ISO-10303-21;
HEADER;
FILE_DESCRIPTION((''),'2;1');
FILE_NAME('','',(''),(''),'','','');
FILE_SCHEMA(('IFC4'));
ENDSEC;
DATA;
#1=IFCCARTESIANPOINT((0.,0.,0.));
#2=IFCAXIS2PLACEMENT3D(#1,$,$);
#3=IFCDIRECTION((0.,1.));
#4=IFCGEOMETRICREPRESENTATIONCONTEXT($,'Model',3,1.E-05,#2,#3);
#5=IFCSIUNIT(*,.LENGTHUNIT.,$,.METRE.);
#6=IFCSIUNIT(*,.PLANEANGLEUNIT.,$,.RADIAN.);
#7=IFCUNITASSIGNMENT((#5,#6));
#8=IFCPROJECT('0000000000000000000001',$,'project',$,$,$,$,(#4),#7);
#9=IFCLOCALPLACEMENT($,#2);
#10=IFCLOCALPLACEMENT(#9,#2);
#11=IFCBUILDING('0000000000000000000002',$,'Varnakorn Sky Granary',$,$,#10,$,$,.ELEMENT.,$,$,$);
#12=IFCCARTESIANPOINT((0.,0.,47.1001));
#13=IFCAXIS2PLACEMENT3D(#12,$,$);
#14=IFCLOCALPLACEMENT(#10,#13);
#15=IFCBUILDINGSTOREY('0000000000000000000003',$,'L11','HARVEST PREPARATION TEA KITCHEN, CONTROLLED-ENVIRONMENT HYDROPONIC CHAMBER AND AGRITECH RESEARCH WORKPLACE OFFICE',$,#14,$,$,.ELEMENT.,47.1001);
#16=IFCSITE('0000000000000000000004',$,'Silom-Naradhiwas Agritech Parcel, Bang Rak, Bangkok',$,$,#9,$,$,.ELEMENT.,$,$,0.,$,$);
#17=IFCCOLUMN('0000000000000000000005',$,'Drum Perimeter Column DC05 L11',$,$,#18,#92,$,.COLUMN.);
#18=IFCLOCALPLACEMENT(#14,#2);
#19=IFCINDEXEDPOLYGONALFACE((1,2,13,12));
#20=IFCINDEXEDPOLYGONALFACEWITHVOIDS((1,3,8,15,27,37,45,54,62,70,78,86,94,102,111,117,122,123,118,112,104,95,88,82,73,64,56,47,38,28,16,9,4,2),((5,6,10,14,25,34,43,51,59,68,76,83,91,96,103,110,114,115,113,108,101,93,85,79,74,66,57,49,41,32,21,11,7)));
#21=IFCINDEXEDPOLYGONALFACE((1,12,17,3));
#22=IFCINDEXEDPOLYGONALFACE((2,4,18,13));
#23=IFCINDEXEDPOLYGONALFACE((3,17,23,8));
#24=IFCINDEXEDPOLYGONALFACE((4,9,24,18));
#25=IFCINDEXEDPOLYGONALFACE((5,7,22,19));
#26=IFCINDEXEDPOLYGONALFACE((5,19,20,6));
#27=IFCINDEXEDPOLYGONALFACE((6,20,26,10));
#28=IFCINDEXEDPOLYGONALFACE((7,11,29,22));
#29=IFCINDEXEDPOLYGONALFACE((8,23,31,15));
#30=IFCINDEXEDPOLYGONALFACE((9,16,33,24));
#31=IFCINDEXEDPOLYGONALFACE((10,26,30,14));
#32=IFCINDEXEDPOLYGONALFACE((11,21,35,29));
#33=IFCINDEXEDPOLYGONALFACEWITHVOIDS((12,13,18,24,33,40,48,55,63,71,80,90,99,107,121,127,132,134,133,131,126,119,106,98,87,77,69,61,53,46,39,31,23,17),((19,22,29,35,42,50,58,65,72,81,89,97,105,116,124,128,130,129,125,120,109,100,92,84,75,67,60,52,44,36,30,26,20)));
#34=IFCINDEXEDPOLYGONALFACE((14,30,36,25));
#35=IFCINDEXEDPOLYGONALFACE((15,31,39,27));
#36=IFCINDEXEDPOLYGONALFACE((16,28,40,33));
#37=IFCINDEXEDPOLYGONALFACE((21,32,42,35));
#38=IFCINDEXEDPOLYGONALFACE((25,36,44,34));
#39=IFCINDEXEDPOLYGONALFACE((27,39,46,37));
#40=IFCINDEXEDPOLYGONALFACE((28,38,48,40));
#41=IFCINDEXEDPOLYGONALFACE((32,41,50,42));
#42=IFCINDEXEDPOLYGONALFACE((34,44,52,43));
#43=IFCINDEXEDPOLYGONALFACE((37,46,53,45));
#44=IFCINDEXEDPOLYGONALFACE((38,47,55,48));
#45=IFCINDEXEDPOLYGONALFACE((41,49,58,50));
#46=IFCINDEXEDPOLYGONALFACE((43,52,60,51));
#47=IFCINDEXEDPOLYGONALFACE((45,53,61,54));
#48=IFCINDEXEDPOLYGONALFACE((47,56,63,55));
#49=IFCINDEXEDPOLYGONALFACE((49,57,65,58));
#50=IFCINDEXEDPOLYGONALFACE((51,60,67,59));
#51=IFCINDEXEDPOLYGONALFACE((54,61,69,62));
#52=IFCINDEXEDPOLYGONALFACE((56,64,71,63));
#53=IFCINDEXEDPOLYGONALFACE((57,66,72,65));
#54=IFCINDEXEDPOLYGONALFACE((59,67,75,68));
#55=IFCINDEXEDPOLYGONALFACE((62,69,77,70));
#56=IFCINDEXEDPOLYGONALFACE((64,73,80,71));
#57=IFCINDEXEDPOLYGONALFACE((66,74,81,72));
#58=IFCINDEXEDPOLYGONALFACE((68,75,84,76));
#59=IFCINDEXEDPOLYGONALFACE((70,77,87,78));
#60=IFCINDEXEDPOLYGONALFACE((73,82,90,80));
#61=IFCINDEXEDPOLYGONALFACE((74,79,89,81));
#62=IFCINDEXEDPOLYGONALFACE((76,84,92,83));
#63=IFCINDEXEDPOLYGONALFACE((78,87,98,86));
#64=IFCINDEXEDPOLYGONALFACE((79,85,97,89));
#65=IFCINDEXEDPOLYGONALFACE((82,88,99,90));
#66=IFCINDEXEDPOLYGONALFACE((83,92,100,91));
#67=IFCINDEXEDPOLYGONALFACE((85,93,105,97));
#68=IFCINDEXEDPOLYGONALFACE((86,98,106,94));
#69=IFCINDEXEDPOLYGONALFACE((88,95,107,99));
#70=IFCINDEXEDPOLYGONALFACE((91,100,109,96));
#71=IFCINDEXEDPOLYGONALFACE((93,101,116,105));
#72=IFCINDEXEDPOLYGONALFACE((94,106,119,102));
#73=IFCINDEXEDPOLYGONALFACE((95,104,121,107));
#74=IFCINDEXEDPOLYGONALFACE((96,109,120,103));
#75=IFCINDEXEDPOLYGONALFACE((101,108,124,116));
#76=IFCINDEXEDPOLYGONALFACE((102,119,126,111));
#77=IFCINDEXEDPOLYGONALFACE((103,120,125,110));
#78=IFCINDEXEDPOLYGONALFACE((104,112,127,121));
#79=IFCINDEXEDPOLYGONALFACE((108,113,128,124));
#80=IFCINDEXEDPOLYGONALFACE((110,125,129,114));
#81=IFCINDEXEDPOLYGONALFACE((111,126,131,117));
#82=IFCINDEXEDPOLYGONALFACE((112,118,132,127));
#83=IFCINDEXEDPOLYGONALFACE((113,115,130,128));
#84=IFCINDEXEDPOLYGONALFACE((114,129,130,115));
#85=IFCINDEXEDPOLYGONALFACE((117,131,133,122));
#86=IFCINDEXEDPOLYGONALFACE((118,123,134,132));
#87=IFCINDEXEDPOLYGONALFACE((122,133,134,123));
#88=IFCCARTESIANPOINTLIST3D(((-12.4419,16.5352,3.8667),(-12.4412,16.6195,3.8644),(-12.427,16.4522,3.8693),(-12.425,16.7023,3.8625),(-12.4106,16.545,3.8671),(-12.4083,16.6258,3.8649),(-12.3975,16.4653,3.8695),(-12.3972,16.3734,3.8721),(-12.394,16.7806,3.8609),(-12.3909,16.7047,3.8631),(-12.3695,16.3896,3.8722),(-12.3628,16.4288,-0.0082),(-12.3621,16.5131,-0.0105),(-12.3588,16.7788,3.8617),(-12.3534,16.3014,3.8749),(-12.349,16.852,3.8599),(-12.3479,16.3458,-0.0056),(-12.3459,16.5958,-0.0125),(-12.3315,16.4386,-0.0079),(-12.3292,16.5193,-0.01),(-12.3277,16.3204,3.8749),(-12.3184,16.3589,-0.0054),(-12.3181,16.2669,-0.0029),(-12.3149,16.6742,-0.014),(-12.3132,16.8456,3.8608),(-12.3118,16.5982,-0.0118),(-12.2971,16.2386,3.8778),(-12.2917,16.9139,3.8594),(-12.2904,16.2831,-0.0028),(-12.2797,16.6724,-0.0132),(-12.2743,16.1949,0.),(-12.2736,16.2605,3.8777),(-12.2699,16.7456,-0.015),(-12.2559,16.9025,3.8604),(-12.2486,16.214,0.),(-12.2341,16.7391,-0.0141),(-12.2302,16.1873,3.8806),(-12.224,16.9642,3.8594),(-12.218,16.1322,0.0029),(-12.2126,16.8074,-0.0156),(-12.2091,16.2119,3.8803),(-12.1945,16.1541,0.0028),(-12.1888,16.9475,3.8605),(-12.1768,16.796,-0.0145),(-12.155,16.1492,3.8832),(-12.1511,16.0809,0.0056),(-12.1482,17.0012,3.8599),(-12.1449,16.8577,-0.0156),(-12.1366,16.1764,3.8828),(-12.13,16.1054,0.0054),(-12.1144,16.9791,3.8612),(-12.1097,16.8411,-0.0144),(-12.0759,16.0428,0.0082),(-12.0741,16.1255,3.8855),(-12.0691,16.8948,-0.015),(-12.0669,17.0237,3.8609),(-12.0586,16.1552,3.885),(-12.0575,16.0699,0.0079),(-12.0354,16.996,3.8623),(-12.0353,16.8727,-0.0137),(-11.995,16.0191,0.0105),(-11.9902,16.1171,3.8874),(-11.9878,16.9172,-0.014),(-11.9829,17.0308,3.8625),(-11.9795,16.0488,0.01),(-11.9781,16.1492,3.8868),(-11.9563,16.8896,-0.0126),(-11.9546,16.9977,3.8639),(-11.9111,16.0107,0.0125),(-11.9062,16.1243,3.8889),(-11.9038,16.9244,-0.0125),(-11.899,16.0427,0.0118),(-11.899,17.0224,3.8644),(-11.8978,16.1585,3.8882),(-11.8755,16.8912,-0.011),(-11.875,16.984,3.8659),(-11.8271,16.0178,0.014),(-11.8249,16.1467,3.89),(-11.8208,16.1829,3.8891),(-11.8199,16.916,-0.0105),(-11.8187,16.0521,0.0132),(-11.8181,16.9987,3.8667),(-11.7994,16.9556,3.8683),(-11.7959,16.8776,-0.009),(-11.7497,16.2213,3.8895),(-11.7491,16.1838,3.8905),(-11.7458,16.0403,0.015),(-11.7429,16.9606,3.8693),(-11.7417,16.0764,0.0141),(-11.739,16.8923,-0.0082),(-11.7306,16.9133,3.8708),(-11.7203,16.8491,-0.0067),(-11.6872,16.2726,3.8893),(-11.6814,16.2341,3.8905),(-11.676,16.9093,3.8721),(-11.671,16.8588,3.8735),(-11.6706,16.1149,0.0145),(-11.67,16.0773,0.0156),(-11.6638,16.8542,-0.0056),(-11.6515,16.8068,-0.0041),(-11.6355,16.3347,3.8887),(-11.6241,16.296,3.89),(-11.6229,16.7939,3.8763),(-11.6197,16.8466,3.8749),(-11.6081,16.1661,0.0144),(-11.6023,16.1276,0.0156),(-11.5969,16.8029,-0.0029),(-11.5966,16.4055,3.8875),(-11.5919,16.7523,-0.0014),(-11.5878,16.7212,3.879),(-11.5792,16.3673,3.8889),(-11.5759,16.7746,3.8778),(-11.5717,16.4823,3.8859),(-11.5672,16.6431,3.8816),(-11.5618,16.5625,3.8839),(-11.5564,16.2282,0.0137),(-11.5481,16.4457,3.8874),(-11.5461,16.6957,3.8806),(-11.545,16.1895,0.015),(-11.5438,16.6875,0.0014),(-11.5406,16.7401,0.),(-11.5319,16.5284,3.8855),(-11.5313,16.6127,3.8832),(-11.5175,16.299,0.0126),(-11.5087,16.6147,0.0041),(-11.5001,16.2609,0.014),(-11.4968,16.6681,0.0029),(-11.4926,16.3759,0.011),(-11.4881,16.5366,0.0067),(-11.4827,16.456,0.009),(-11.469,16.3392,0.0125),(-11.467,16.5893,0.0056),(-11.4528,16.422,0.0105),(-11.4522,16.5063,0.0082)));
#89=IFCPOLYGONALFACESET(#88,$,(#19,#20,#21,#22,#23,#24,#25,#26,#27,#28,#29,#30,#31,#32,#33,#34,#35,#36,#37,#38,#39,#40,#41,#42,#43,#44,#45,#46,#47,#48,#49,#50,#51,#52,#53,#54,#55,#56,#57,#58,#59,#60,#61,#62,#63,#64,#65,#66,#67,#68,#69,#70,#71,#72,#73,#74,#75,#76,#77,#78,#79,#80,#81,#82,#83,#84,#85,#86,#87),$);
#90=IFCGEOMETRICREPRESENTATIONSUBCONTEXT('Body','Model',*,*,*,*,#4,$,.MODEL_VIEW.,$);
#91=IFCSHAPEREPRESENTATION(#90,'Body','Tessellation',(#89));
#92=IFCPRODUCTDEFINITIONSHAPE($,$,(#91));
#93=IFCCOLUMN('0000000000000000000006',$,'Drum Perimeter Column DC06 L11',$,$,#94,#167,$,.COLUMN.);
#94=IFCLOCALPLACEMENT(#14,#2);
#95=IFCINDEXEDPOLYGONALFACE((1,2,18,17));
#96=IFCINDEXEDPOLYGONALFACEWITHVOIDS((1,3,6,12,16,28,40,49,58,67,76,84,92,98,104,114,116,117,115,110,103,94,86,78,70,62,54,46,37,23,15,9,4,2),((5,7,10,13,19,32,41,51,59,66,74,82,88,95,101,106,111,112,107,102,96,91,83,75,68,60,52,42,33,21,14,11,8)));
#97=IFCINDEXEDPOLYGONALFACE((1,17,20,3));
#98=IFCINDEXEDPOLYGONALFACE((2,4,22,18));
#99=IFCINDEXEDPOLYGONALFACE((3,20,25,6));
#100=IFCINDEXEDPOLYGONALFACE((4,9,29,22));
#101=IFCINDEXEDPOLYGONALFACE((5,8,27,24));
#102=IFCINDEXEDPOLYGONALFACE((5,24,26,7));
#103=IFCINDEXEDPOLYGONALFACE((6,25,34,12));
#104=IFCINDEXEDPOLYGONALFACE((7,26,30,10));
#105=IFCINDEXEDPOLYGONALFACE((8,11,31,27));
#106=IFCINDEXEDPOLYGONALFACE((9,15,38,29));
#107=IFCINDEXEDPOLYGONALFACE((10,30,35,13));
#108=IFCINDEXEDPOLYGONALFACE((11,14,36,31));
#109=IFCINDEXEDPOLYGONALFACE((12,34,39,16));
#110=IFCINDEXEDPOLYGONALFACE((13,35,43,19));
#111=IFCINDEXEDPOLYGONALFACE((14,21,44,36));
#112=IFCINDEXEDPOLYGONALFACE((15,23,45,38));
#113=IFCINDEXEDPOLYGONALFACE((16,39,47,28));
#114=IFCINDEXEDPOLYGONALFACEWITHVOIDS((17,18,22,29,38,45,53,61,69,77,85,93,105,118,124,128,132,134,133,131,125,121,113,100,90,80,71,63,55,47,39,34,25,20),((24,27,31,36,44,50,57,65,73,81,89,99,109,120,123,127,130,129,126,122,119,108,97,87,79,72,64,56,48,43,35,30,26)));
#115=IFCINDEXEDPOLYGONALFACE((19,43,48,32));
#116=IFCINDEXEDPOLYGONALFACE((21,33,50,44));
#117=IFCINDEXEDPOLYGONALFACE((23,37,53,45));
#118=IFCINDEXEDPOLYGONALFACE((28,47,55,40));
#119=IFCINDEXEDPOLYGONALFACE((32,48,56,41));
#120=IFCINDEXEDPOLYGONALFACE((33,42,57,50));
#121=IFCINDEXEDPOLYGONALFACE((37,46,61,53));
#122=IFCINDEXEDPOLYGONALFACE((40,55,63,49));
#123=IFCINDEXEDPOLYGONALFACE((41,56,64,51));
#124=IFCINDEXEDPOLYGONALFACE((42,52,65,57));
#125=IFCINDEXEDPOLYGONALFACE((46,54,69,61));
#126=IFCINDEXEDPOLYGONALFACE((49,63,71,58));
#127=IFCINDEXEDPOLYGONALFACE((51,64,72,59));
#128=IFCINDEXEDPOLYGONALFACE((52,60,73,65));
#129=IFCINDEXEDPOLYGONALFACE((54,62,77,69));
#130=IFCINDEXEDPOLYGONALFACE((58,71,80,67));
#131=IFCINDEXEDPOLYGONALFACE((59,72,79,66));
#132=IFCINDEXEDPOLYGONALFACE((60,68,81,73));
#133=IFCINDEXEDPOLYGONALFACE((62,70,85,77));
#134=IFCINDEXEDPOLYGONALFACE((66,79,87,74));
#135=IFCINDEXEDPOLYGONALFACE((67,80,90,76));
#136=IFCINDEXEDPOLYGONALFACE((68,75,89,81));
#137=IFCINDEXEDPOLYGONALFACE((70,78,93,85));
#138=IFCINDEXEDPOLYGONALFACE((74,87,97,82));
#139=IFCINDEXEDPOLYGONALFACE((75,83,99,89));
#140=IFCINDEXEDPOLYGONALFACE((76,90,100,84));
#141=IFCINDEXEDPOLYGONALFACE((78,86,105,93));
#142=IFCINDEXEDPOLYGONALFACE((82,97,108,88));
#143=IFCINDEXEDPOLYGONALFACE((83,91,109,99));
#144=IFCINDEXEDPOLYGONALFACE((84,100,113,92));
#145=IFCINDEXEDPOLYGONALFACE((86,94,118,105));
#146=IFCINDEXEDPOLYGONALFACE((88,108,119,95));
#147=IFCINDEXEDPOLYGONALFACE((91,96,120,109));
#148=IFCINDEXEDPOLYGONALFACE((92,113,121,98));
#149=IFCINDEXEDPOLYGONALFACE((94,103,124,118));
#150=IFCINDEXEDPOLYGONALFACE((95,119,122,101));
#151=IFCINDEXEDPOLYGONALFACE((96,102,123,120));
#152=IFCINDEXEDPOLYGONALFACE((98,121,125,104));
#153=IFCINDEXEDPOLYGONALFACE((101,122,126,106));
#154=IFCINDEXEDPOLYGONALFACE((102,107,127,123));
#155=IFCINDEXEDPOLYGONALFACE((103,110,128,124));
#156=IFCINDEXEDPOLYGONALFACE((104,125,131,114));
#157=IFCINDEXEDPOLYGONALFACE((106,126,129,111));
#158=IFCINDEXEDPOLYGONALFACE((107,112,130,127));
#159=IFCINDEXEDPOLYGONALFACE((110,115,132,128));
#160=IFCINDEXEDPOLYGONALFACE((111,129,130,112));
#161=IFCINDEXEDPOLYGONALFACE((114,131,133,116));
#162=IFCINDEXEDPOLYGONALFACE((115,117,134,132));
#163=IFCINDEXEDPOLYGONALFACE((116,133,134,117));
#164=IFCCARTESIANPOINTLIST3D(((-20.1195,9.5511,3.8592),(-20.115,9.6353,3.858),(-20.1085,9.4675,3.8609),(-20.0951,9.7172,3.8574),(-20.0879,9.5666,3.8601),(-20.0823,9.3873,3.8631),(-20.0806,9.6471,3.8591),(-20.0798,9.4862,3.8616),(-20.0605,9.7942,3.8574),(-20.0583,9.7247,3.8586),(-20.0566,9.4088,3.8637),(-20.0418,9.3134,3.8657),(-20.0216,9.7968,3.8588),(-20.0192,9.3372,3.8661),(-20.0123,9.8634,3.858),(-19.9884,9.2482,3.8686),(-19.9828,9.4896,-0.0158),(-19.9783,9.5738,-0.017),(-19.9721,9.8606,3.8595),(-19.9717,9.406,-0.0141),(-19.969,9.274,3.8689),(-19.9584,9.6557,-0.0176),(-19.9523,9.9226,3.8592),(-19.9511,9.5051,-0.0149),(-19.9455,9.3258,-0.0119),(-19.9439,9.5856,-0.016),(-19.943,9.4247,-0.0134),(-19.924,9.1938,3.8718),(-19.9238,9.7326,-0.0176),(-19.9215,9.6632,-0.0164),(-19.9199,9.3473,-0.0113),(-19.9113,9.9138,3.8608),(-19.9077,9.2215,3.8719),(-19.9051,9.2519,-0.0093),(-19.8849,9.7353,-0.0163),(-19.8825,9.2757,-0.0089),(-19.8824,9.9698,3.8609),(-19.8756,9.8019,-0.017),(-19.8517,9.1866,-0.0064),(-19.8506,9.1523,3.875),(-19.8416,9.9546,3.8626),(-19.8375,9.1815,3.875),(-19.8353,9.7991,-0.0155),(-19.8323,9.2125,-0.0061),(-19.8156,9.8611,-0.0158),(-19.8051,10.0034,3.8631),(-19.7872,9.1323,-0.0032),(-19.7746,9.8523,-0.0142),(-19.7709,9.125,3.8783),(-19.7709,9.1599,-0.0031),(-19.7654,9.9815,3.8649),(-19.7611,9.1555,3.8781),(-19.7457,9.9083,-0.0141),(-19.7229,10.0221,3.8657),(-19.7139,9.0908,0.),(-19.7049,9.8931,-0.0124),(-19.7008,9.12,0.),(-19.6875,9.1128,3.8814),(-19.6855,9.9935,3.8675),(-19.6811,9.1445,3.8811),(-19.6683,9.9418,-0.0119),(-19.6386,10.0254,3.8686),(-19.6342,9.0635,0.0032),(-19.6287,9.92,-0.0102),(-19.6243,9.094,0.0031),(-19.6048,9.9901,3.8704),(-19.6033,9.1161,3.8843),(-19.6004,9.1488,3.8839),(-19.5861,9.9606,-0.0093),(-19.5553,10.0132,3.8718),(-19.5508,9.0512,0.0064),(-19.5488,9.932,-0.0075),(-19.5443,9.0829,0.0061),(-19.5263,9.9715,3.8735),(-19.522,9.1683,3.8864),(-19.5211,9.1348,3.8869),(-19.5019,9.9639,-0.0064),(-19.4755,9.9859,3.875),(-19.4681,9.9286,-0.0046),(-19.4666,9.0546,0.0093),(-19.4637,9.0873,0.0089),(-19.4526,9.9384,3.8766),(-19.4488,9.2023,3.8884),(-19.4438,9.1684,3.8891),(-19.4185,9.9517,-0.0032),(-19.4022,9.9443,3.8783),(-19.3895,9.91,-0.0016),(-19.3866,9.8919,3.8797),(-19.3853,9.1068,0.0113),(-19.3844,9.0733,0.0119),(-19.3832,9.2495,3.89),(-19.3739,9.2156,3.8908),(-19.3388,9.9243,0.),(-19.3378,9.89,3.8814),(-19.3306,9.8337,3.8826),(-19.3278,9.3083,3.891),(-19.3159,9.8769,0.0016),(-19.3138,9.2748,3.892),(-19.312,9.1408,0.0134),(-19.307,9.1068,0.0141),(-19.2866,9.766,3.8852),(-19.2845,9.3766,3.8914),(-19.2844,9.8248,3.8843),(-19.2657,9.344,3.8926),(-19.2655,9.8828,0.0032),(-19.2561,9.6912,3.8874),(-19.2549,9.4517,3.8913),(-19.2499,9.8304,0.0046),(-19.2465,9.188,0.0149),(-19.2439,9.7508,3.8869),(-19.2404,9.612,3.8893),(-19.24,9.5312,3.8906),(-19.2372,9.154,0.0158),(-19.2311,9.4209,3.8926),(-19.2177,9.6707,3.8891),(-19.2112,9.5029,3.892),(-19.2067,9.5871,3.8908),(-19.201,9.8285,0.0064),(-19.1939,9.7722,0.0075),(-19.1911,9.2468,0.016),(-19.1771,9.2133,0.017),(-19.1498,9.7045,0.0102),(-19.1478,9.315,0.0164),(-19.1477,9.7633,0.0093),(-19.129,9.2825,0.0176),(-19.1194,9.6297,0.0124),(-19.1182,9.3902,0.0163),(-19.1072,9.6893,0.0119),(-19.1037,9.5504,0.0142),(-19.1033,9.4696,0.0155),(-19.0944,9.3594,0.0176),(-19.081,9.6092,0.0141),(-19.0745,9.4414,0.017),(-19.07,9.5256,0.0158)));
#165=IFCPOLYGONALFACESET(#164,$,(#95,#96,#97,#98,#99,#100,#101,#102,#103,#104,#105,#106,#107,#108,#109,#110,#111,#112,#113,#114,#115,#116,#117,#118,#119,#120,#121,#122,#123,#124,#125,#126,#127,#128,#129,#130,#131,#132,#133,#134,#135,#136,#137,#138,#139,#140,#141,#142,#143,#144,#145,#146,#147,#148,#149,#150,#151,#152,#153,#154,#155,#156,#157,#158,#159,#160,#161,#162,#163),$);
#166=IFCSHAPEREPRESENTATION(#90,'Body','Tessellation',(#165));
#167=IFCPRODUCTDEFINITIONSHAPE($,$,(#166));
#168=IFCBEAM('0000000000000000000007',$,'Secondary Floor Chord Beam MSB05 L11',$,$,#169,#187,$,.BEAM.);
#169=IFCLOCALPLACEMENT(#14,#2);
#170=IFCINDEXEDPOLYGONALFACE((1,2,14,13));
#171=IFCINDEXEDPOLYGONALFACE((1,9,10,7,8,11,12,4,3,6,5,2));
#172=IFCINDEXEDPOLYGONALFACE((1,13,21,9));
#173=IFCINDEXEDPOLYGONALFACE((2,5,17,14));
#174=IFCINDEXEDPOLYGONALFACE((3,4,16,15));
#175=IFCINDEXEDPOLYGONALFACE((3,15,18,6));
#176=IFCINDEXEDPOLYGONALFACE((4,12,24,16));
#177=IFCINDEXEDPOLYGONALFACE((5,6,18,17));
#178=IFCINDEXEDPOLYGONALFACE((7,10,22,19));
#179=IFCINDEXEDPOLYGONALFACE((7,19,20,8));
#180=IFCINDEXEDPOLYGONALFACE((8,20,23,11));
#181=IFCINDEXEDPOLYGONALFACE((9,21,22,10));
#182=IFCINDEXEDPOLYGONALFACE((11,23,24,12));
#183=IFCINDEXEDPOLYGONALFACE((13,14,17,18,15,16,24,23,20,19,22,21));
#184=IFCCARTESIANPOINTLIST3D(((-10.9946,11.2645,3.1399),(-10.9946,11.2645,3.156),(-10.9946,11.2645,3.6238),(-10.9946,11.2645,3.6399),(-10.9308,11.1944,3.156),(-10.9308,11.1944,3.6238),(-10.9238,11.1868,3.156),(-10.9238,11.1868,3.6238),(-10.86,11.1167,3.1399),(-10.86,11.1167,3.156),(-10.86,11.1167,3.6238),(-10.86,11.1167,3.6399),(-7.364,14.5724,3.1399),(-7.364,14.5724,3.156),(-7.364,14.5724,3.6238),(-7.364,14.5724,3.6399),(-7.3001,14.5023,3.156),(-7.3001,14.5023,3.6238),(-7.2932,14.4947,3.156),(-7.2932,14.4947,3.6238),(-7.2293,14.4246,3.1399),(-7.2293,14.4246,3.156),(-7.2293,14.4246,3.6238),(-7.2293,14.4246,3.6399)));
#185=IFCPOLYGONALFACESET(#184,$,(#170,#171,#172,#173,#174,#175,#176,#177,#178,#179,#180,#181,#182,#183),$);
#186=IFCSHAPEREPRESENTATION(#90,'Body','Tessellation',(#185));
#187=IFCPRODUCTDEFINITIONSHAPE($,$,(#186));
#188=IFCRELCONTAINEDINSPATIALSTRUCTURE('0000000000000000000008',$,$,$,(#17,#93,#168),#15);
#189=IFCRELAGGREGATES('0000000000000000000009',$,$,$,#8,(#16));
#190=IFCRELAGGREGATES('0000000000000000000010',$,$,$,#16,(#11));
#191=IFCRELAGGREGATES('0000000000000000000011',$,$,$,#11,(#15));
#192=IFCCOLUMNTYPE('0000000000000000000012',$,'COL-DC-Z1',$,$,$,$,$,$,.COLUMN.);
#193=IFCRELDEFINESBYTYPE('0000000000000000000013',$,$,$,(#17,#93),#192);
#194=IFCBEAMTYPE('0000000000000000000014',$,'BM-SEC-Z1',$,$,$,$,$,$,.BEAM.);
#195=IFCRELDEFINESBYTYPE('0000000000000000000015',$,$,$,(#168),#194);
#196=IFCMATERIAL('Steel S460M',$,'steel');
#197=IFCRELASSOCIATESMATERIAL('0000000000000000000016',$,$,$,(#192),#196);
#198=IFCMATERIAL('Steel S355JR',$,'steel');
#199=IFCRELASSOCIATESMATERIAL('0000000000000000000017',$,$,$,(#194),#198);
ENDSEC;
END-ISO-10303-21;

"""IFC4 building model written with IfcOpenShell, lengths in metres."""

from ifc_helpers import new_model, si_unit, direction, frame, origin, origin_2d, place, context, subcontext, project, spatial, hollow_circle, i_section, extrude, material, material_profile, profile_set, type_object, element, save


model = new_model("IFC4")

# Units and contexts
model_context = context("Model", 3, precision=1e-05, world=origin(), true_north=direction((0.0, 1.0)))
body_context = subcontext(model_context, "Body", "Model", "MODEL_VIEW")
ifc_project = project(units=[si_unit("LENGTHUNIT", "METRE"), si_unit("PLANEANGLEUNIT", "RADIAN")], contexts=[model_context])

# Site, building, storey
site_placement = place(None, origin())
site = spatial("IfcSite", under=ifc_project, at=site_placement, Name="Silom-Naradhiwas Agritech Parcel, Bang Rak, Bangkok", CompositionType="ELEMENT", RefElevation=0.0)
building_placement = place(site_placement, origin())
building = spatial("IfcBuilding", under=site, at=building_placement, Name="Varnakorn Sky Granary", CompositionType="ELEMENT")
storey_placement = place(building_placement, frame((0.0, 0.0, 47.1001)))
storey = spatial("IfcBuildingStorey", under=building, at=storey_placement, Name="L11", Description="HARVEST PREPARATION TEA KITCHEN, CONTROLLED-ENVIRONMENT HYDROPONIC CHAMBER AND AGRITECH RESEARCH WORKPLACE OFFICE", CompositionType="ELEMENT", Elevation=47.1001)

# Columns
ifc_material_1 = material(Name="Steel S460M", Category="steel")
ifc_material_profile_1 = material_profile(ifc_material_1, hollow_circle(Radius=0.457, WallThickness=0.032, at=origin_2d()), Name="CHS 914x32")
ifc_profile_set_1 = profile_set([ifc_material_profile_1], Name="Steel S460M")
column_type = type_object("IfcColumnType", Name="COL-DC-Z1", PredefinedType="COLUMN", material=ifc_profile_set_1)
column_1_placement = place(storey_placement, frame((-11.9075, 16.4675, 0.0), z_axis=(-0.020401, 0.027454, 0.999415), x_axis=(-0.802643, -0.59646, 0.0)))
element("IfcColumn", 1, at=column_1_placement, inside=storey, type_object=column_type, Name="Drum Perimeter Column DC05 L11", PredefinedType="COLUMN", context=body_context, shape_type="SweptSolid", body=[
    extrude(hollow_circle(Radius=0.457, WallThickness=0.032, at=origin_2d()), origin(), (0.0, 0.0, 1.0), 3.8772),
])
column_2_placement = place(storey_placement, frame((-19.5264, 9.5076, 0.0), z_axis=(-0.035256, 0.015865, 0.999252), x_axis=(-0.410365, -0.911922, 0.0)))
element("IfcColumn", 2, at=column_2_placement, inside=storey, type_object=column_type, Name="Drum Perimeter Column DC06 L11", PredefinedType="COLUMN", context=body_context, shape_type="SweptSolid", body=[
    extrude(hollow_circle(Radius=0.457, WallThickness=0.032, at=origin_2d()), origin(), (0.0, 0.0, 1.0), 3.8779),
])

# Beam
ifc_material_2 = material(Name="Steel S355JR", Category="steel")
ifc_material_profile_2 = material_profile(ifc_material_2, i_section(OverallWidth=0.2, OverallDepth=0.5, WebThickness=0.0103, FlangeThickness=0.0161, at=origin_2d()), Name="IPE 500")
ifc_profile_set_2 = profile_set([ifc_material_profile_2], Name="Steel S355JR")
beam_type_1 = type_object("IfcBeamType", Name="BM-SEC-Z1", PredefinedType="BEAM", material=ifc_profile_set_2)
beam_1_placement = place(storey_placement, frame((-7.2966, 14.4985, 3.3899), z_axis=(-0.7392, -0.673486, 0.0), x_axis=(0.673486, -0.7392, 0.0)))
element("IfcBeam", 3, at=beam_1_placement, inside=storey, type_object=beam_type_1, Name="Secondary Floor Chord Beam MSB05 L11", PredefinedType="BEAM", context=body_context, shape_type="SweptSolid", body=[
    extrude(i_section(OverallWidth=0.2, OverallDepth=0.5, WebThickness=0.0103, FlangeThickness=0.0161, at=origin_2d()), origin(), (0.0, 0.0, 1.0), 4.9116),
])

save(model, "model.ifc")
